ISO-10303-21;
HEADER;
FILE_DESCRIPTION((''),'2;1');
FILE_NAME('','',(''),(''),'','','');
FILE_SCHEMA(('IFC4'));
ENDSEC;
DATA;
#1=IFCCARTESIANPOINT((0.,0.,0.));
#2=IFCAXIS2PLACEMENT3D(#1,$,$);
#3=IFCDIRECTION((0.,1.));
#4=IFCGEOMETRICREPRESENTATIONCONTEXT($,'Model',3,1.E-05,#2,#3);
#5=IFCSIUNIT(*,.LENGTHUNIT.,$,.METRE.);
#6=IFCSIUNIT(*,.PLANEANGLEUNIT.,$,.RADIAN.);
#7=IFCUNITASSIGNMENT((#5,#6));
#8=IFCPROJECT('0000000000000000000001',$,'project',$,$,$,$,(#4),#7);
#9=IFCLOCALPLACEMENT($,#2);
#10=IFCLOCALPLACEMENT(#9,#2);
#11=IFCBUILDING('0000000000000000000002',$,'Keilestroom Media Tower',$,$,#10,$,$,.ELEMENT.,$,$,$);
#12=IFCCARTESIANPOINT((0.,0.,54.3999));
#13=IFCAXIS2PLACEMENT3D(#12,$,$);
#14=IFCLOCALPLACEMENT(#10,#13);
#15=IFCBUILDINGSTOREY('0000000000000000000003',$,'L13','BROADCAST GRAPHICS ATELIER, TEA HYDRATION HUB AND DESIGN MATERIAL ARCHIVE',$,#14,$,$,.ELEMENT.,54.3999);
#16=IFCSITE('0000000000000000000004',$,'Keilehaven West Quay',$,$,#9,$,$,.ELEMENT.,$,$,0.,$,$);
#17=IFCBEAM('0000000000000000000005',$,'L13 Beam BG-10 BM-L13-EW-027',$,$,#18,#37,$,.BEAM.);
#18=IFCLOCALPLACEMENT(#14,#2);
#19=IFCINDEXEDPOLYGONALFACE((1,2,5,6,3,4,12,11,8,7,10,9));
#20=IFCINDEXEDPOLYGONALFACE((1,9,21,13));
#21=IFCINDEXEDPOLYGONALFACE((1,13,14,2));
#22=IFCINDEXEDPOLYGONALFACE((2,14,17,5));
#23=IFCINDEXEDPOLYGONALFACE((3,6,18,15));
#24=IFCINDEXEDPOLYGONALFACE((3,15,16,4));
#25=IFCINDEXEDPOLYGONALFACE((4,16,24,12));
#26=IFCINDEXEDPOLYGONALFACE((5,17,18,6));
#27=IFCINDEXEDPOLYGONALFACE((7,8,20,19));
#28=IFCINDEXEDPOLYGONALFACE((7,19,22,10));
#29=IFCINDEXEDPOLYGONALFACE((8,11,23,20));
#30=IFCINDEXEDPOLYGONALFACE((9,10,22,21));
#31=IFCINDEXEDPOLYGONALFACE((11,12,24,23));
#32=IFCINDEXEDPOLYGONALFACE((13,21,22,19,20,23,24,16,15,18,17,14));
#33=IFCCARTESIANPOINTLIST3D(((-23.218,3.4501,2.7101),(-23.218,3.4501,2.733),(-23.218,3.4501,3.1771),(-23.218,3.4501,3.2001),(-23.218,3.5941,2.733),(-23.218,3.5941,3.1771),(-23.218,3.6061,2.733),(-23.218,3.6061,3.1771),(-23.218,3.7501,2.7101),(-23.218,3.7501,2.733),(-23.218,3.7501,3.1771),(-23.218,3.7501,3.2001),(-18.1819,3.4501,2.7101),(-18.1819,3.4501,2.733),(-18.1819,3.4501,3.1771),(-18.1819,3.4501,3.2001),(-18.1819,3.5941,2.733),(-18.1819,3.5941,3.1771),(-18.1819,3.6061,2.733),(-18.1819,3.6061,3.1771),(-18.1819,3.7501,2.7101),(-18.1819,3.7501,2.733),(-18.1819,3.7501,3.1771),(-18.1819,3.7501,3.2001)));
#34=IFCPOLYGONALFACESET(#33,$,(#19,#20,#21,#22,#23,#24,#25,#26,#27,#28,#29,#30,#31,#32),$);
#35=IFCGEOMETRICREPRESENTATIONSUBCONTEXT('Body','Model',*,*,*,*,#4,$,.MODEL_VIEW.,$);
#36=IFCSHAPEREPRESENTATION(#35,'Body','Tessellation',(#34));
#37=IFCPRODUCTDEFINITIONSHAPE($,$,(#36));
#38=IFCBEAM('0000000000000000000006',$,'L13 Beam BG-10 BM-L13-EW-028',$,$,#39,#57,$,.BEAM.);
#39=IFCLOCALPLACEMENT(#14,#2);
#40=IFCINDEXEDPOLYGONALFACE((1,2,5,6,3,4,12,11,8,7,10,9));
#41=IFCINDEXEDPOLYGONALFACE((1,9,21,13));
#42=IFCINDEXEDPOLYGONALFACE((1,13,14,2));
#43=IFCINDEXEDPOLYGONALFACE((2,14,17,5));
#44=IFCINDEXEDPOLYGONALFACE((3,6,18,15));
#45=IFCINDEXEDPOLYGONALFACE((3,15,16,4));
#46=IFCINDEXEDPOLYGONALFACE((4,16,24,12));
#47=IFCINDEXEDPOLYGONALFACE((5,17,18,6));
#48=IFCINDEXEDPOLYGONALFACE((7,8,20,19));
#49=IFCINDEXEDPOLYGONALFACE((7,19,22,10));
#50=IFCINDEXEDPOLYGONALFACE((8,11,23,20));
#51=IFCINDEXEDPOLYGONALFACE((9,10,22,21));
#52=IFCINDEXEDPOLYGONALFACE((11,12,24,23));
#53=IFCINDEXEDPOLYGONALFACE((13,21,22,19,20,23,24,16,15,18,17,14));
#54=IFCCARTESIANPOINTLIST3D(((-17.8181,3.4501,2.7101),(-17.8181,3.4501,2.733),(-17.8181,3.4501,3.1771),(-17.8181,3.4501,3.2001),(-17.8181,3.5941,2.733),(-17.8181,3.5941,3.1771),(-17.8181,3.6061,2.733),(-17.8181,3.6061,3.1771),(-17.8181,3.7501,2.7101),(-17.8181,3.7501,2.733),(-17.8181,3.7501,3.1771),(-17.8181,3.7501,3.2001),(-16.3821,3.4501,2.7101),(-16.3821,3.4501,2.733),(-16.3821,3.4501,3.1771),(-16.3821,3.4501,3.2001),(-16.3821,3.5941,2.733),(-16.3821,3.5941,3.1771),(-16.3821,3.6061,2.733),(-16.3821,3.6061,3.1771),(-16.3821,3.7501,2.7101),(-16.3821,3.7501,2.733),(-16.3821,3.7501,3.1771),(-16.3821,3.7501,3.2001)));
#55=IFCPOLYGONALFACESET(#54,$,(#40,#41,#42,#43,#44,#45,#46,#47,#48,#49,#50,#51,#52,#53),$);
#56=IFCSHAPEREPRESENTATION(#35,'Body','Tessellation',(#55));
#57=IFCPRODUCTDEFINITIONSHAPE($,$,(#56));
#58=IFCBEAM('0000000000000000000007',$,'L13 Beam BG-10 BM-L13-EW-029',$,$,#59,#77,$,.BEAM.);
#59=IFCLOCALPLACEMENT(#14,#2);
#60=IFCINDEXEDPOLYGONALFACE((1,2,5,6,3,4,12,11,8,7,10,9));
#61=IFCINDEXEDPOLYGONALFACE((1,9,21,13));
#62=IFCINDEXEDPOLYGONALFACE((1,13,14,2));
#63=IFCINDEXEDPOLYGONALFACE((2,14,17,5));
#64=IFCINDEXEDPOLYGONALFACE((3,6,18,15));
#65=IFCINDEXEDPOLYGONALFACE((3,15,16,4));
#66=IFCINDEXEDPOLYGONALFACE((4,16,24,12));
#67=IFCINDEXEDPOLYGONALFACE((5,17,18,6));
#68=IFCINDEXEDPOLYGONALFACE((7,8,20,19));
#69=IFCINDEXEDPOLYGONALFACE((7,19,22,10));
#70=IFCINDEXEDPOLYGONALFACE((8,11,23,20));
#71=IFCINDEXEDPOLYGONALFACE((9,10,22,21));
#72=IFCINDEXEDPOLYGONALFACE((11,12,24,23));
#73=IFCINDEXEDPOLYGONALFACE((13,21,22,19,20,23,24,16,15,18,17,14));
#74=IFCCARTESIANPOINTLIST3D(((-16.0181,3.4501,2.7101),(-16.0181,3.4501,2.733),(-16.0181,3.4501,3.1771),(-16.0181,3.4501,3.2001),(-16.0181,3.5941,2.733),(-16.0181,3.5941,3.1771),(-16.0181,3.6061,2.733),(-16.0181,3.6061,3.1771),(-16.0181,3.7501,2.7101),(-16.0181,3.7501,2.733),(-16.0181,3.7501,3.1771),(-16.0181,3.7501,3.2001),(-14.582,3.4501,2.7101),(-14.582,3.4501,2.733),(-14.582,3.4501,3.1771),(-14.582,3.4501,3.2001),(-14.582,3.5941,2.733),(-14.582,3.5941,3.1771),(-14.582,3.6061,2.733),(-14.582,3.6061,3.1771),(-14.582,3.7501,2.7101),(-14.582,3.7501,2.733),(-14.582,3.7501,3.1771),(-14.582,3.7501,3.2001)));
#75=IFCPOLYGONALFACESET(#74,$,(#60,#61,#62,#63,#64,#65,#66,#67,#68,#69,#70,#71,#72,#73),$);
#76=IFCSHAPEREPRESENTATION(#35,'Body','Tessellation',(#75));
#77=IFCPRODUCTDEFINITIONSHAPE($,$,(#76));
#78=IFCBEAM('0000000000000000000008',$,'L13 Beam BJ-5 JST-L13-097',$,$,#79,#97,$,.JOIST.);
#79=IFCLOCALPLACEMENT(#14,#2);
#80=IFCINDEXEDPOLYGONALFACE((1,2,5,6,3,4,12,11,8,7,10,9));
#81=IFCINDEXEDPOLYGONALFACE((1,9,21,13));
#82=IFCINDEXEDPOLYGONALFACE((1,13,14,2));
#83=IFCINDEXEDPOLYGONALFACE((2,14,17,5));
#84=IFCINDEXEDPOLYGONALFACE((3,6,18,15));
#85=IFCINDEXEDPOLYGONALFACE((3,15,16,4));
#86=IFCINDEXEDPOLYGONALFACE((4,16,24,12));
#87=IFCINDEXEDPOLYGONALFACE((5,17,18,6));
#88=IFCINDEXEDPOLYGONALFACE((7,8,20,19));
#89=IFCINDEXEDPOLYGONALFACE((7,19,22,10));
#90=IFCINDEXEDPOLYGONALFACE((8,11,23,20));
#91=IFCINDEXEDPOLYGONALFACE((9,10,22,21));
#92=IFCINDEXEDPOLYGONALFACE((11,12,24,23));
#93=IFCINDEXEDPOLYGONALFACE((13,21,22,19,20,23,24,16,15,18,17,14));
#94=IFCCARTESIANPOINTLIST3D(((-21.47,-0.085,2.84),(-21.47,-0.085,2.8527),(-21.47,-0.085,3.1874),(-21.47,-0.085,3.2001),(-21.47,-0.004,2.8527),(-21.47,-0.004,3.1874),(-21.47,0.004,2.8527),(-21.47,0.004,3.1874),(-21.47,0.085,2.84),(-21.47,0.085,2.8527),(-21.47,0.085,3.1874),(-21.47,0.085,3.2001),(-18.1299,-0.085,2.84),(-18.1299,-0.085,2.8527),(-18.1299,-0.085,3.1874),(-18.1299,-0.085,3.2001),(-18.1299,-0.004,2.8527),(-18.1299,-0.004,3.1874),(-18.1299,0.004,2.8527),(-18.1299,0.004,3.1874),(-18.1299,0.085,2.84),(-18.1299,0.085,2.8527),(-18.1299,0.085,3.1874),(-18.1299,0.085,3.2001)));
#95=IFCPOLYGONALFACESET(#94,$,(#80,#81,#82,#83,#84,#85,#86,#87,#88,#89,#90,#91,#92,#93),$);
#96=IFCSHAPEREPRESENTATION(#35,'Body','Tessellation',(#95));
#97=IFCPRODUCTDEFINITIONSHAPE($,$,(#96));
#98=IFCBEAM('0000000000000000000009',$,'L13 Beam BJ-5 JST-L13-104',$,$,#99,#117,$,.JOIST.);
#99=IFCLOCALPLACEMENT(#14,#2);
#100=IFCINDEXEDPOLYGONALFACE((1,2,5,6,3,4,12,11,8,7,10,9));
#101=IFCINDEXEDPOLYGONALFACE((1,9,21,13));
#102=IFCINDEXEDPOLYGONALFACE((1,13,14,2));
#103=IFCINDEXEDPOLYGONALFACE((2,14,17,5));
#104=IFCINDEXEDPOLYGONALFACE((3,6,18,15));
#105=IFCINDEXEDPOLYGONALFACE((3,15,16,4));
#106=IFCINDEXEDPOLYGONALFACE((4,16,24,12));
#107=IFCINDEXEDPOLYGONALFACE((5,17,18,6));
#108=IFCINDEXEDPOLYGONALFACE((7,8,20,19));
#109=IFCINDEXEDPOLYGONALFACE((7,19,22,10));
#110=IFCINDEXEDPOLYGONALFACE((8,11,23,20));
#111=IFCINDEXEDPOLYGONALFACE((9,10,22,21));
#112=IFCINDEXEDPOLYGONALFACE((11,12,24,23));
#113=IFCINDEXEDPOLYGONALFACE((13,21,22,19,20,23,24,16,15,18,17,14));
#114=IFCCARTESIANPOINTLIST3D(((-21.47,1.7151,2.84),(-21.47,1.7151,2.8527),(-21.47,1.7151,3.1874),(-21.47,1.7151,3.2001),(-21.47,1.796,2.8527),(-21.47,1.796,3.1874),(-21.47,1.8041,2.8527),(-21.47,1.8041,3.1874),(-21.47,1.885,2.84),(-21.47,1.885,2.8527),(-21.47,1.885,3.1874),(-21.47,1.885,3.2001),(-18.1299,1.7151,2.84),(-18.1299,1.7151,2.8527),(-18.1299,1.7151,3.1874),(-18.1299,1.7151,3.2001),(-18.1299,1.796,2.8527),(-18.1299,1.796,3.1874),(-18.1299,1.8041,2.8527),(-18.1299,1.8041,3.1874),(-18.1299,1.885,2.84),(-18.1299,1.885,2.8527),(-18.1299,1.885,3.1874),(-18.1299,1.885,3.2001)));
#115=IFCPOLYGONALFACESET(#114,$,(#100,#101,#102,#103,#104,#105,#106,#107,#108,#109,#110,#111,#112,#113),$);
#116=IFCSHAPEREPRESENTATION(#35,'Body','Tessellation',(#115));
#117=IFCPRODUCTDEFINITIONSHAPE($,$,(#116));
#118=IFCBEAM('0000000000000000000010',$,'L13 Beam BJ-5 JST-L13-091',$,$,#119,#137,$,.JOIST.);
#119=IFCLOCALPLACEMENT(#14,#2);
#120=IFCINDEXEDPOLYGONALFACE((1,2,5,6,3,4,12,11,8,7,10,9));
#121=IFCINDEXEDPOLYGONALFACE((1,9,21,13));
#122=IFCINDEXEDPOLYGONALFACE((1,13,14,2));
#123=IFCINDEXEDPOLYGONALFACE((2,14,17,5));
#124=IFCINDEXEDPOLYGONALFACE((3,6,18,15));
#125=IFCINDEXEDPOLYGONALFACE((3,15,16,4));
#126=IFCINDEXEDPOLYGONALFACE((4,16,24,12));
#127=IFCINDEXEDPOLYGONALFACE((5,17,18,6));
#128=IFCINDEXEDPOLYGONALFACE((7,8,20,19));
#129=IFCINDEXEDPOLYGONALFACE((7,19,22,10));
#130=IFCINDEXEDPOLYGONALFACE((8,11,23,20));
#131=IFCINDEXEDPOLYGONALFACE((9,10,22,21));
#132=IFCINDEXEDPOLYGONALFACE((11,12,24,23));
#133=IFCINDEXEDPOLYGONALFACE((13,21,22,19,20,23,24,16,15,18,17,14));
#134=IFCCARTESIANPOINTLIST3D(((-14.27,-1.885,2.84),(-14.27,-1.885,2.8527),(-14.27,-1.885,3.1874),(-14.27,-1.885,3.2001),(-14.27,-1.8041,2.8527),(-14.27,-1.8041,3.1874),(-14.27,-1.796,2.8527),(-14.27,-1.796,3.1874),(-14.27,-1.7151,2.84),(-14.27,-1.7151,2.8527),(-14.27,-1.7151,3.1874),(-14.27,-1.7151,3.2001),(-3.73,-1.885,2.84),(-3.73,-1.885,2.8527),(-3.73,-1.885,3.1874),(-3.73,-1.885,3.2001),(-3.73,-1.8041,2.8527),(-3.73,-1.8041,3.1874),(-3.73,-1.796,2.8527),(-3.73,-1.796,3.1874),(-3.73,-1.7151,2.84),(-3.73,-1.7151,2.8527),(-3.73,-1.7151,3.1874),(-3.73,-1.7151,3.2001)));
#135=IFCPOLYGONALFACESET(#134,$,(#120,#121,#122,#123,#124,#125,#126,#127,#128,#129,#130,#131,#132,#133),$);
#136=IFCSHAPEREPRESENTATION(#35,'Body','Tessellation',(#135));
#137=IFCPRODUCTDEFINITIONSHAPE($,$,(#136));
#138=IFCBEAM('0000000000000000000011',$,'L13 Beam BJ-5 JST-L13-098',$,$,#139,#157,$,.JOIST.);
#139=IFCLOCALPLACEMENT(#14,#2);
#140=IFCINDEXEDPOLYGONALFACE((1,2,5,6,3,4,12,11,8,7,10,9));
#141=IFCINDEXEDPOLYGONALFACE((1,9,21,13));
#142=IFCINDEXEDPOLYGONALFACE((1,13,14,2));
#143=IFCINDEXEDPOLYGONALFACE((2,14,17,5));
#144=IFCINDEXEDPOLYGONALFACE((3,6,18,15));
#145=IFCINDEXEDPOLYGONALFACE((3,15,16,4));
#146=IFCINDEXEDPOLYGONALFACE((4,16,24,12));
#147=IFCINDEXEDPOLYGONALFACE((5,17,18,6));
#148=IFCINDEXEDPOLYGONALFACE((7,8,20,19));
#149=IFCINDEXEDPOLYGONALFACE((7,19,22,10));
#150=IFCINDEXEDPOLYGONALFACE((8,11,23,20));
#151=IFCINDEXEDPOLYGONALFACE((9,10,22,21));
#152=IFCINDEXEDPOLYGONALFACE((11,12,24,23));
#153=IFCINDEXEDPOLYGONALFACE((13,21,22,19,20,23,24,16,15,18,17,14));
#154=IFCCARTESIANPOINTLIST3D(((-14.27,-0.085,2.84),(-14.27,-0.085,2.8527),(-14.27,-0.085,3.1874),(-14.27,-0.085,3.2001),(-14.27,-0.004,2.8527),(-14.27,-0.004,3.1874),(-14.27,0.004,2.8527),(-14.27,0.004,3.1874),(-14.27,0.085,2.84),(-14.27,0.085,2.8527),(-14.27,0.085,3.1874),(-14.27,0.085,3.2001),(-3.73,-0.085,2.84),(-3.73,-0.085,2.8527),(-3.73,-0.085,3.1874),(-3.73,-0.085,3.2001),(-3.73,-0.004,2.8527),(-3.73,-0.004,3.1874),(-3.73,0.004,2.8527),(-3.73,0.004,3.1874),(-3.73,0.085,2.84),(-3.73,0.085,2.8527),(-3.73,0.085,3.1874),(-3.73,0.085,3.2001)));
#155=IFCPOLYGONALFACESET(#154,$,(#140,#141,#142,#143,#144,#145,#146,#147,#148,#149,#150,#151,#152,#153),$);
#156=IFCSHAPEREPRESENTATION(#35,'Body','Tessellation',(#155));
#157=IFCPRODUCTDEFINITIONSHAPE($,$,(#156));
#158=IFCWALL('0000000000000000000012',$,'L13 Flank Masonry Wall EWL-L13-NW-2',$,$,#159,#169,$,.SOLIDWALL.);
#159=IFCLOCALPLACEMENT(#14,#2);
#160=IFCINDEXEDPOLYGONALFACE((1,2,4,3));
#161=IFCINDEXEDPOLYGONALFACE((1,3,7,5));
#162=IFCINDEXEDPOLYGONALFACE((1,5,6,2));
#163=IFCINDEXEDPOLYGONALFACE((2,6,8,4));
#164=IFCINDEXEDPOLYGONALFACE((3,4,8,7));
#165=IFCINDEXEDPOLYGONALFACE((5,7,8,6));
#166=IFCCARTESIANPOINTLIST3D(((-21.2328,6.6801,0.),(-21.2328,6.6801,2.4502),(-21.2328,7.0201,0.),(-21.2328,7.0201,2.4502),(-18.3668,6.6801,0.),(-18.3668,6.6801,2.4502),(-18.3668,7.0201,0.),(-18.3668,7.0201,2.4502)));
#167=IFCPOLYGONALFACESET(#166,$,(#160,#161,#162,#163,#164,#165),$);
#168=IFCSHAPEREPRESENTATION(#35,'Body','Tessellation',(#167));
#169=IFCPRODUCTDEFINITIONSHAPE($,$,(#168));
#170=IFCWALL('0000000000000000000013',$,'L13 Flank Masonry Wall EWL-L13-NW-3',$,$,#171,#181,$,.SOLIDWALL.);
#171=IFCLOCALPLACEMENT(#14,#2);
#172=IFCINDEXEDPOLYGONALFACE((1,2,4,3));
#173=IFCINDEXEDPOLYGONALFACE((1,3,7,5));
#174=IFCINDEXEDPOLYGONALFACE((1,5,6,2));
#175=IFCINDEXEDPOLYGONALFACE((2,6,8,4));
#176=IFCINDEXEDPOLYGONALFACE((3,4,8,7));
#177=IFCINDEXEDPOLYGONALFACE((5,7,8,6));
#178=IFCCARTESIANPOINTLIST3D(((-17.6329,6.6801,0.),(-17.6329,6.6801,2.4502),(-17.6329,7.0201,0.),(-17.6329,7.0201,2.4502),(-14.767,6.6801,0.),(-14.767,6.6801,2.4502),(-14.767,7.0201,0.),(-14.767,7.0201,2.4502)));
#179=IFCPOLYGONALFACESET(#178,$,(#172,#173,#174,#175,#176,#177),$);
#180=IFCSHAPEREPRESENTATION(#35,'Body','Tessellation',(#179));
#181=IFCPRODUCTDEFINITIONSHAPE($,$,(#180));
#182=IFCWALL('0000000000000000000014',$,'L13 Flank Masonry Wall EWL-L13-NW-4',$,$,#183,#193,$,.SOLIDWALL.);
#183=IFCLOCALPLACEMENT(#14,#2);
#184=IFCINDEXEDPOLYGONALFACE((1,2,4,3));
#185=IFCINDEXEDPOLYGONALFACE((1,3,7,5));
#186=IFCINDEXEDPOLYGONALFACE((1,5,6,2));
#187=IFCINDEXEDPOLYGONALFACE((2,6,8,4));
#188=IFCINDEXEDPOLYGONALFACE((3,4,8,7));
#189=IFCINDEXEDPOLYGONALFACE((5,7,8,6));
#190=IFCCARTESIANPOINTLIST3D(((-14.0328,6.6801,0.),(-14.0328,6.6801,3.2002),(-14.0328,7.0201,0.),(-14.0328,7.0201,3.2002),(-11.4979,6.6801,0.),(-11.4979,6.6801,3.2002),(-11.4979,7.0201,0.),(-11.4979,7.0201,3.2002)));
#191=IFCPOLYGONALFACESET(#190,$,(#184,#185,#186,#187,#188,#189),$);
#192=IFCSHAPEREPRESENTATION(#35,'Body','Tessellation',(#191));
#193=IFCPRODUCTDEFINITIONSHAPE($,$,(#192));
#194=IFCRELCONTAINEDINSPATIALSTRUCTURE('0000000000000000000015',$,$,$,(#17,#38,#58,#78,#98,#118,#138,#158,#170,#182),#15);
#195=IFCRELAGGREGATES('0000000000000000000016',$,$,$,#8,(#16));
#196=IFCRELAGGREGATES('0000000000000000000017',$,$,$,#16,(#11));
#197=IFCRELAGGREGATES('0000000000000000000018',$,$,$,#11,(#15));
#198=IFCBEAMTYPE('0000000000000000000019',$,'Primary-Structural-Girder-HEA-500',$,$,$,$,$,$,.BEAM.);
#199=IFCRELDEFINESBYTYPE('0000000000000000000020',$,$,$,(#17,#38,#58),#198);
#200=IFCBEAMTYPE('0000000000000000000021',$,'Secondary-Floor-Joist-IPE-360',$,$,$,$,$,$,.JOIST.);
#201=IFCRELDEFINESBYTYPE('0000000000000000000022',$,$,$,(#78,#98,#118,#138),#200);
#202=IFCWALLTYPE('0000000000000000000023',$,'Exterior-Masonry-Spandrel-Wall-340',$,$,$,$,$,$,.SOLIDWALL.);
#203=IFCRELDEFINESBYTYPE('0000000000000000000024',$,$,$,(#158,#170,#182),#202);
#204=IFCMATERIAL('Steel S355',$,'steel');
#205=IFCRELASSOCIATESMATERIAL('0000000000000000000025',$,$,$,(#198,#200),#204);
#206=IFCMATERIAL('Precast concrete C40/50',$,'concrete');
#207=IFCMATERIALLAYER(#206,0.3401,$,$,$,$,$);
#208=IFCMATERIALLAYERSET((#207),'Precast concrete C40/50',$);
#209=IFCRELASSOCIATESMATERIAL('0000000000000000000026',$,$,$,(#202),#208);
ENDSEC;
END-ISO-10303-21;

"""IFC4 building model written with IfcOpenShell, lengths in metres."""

from ifc_helpers import new_model, si_unit, direction, frame, frame_2d, origin, origin_2d, place, context, subcontext, project, spatial, rectangle, i_section, extrude, source, transform, mapped, material, layer, layer_set, material_profile, profile_set, type_object, element, save


model = new_model("IFC4")

# Units and contexts
model_context = context("Model", 3, precision=1e-05, world=origin(), true_north=direction((0.0, 1.0)))
body_context = subcontext(model_context, "Body", "Model", "MODEL_VIEW")
ifc_project = project(units=[si_unit("LENGTHUNIT", "METRE"), si_unit("PLANEANGLEUNIT", "RADIAN")], contexts=[model_context])

# Site, building, storey
site_placement = place(None, origin())
site = spatial("IfcSite", under=ifc_project, at=site_placement, Name="Keilehaven West Quay", CompositionType="ELEMENT", RefElevation=0.0)
building_placement = place(site_placement, origin())
building = spatial("IfcBuilding", under=site, at=building_placement, Name="Keilestroom Media Tower", CompositionType="ELEMENT")
storey_placement = place(building_placement, frame((0.0, 0.0, 54.3999)))
storey = spatial("IfcBuildingStorey", under=building, at=storey_placement, Name="L13", Description="BROADCAST GRAPHICS ATELIER, TEA HYDRATION HUB AND DESIGN MATERIAL ARCHIVE", CompositionType="ELEMENT", Elevation=54.3999)

# Shared definitions
ifc_material_1 = material(Name="Precast concrete C40/50", Category="concrete")

# Beams
ifc_material_2 = material(Name="Steel S355", Category="steel")
ifc_material_profile_1 = material_profile(ifc_material_2, i_section(OverallWidth=0.3, OverallDepth=0.49, WebThickness=0.012, FlangeThickness=0.0229, at=origin_2d()), Name="HEA 500")
ifc_profile_set_1 = profile_set([ifc_material_profile_1], Name="Steel S355")
beam_type_1 = type_object("IfcBeamType", Name="Primary-Structural-Girder-HEA-500", PredefinedType="BEAM", material=ifc_profile_set_1)
shared_shape_1 = source(origin(), body_context, "Body", "SweptSolid", [
    extrude(i_section(OverallWidth=0.3, OverallDepth=0.49, WebThickness=0.012, FlangeThickness=0.0229, at=origin_2d()), origin(), (0.0, 0.0, 1.0), 5.0361),
])
beam_placement = place(storey_placement, frame((-23.218, 3.6001, 2.9551), z_axis=(1.0, 0.0, 0.0), x_axis=(0.0, 1.0, 0.0)))
element("IfcBeam", 1, at=beam_placement, inside=storey, type_object=beam_type_1, Name="L13 Beam BG-10 BM-L13-EW-027", PredefinedType="BEAM", context=body_context, shape_type="MappedRepresentation", body=[
    mapped(shared_shape_1, transform((0.0, 0.0, 0.0), x_axis=(1.0, 0.0, 0.0), y_axis=(0.0, 1.0, 0.0), z_axis=(0.0, 0.0, 1.0), scale=1.0)),
])
shared_shape_2 = source(origin(), body_context, "Body", "SweptSolid", [
    extrude(i_section(OverallWidth=0.3, OverallDepth=0.49, WebThickness=0.012, FlangeThickness=0.0229, at=origin_2d()), origin(), (0.0, 0.0, 1.0), 1.436),
])
for number, where, z_axis, x_axis, name in (
    (2, (-17.8181, 3.6001, 2.9551), (1.0, 0.0, 0.0), (0.0, 1.0, 0.0), "L13 Beam BG-10 BM-L13-EW-028"),
    (3, (-16.0181, 3.6001, 2.9551), (1.0, 0.0, 0.0), (0.0, 1.0, 0.0), "L13 Beam BG-10 BM-L13-EW-029"),
):
    element("IfcBeam", number, at=place(storey_placement, frame(where, z_axis=z_axis, x_axis=x_axis)), inside=storey, type_object=beam_type_1, Name=name, PredefinedType="BEAM", context=body_context, shape_type="MappedRepresentation", body=[
        mapped(shared_shape_2, transform((0.0, 0.0, 0.0), x_axis=(1.0, 0.0, 0.0), y_axis=(0.0, 1.0, 0.0), z_axis=(0.0, 0.0, 1.0), scale=1.0)),
    ])
ifc_material_profile_2 = material_profile(ifc_material_2, i_section(OverallWidth=0.1699, OverallDepth=0.3601, WebThickness=0.0081, FlangeThickness=0.0127, at=origin_2d()), Name="IPE 360")
ifc_profile_set_2 = profile_set([ifc_material_profile_2], Name="Steel S355")
beam_type_2 = type_object("IfcBeamType", Name="Secondary-Floor-Joist-IPE-360", PredefinedType="JOIST", material=ifc_profile_set_2)
shared_shape_3 = source(origin(), body_context, "Body", "SweptSolid", [
    extrude(i_section(OverallWidth=0.1699, OverallDepth=0.3601, WebThickness=0.0081, FlangeThickness=0.0127, at=origin_2d()), origin(), (0.0, 0.0, 1.0), 3.3401),
])
for number, where, z_axis, x_axis, name in (
    (4, (-21.47, 0.0, 3.02), (1.0, 0.0, 0.0), (0.0, 1.0, 0.0), "L13 Beam BJ-5 JST-L13-097"),
    (5, (-21.47, 1.8, 3.02), (1.0, 0.0, 0.0), (0.0, 1.0, 0.0), "L13 Beam BJ-5 JST-L13-104"),
):
    element("IfcBeam", number, at=place(storey_placement, frame(where, z_axis=z_axis, x_axis=x_axis)), inside=storey, type_object=beam_type_2, Name=name, PredefinedType="JOIST", context=body_context, shape_type="MappedRepresentation", body=[
        mapped(shared_shape_3, transform((0.0, 0.0, 0.0), x_axis=(1.0, 0.0, 0.0), y_axis=(0.0, 1.0, 0.0), z_axis=(0.0, 0.0, 1.0), scale=1.0)),
    ])
shared_shape_4 = source(origin(), body_context, "Body", "SweptSolid", [
    extrude(i_section(OverallWidth=0.1699, OverallDepth=0.3601, WebThickness=0.0081, FlangeThickness=0.0127, at=origin_2d()), origin(), (0.0, 0.0, 1.0), 10.54),
])
for number, where, z_axis, x_axis, name in (
    (6, (-14.27, -1.8, 3.02), (1.0, 0.0, 0.0), (0.0, 1.0, 0.0), "L13 Beam BJ-5 JST-L13-091"),
    (7, (-14.27, 0.0, 3.02), (1.0, 0.0, 0.0), (0.0, 1.0, 0.0), "L13 Beam BJ-5 JST-L13-098"),
):
    element("IfcBeam", number, at=place(storey_placement, frame(where, z_axis=z_axis, x_axis=x_axis)), inside=storey, type_object=beam_type_2, Name=name, PredefinedType="JOIST", context=body_context, shape_type="MappedRepresentation", body=[
        mapped(shared_shape_4, transform((0.0, 0.0, 0.0), x_axis=(1.0, 0.0, 0.0), y_axis=(0.0, 1.0, 0.0), z_axis=(0.0, 0.0, 1.0), scale=1.0)),
    ])

# Walls
ifc_layer_1 = layer(ifc_material_1, 0.3401)
ifc_layer_set_1 = layer_set([ifc_layer_1], Name="Precast concrete C40/50")
wall_type_1 = type_object("IfcWallType", Name="Exterior-Masonry-Spandrel-Wall-340", PredefinedType="SOLIDWALL", material=ifc_layer_set_1)
for number, where, z_axis, x_axis, name in (
    (8, (-21.2329, 6.8501, 0.0), (0.0, 0.0, 1.0), (1.0, 0.0, 0.0), "L13 Flank Masonry Wall EWL-L13-NW-2"),
    (9, (-17.6331, 6.8501, 0.0), (0.0, 0.0, 1.0), (1.0, 0.0, 0.0), "L13 Flank Masonry Wall EWL-L13-NW-3"),
):
    element("IfcWall", number, at=place(storey_placement, frame(where, z_axis=z_axis, x_axis=x_axis)), inside=storey, type_object=wall_type_1, Name=name, PredefinedType="SOLIDWALL", context=body_context, shape_type="SweptSolid", body=[
        extrude(rectangle(XDim=2.866, YDim=0.3401, at=frame_2d((1.4331, 0.0))), origin(), (0.0, 0.0, 1.0), 2.4502),
    ])
wall_1_placement = place(storey_placement, frame((-14.033, 6.8501, 0.0), z_axis=(0.0, 0.0, 1.0), x_axis=(1.0, 0.0, 0.0)))
element("IfcWall", 10, at=wall_1_placement, inside=storey, type_object=wall_type_1, Name="L13 Flank Masonry Wall EWL-L13-NW-4", PredefinedType="SOLIDWALL", context=body_context, shape_type="SweptSolid", body=[
    extrude(rectangle(XDim=2.5349, YDim=0.3401, at=frame_2d((1.2676, 0.0))), origin(), (0.0, 0.0, 1.0), 3.2002),
])

save(model, "model.ifc")
